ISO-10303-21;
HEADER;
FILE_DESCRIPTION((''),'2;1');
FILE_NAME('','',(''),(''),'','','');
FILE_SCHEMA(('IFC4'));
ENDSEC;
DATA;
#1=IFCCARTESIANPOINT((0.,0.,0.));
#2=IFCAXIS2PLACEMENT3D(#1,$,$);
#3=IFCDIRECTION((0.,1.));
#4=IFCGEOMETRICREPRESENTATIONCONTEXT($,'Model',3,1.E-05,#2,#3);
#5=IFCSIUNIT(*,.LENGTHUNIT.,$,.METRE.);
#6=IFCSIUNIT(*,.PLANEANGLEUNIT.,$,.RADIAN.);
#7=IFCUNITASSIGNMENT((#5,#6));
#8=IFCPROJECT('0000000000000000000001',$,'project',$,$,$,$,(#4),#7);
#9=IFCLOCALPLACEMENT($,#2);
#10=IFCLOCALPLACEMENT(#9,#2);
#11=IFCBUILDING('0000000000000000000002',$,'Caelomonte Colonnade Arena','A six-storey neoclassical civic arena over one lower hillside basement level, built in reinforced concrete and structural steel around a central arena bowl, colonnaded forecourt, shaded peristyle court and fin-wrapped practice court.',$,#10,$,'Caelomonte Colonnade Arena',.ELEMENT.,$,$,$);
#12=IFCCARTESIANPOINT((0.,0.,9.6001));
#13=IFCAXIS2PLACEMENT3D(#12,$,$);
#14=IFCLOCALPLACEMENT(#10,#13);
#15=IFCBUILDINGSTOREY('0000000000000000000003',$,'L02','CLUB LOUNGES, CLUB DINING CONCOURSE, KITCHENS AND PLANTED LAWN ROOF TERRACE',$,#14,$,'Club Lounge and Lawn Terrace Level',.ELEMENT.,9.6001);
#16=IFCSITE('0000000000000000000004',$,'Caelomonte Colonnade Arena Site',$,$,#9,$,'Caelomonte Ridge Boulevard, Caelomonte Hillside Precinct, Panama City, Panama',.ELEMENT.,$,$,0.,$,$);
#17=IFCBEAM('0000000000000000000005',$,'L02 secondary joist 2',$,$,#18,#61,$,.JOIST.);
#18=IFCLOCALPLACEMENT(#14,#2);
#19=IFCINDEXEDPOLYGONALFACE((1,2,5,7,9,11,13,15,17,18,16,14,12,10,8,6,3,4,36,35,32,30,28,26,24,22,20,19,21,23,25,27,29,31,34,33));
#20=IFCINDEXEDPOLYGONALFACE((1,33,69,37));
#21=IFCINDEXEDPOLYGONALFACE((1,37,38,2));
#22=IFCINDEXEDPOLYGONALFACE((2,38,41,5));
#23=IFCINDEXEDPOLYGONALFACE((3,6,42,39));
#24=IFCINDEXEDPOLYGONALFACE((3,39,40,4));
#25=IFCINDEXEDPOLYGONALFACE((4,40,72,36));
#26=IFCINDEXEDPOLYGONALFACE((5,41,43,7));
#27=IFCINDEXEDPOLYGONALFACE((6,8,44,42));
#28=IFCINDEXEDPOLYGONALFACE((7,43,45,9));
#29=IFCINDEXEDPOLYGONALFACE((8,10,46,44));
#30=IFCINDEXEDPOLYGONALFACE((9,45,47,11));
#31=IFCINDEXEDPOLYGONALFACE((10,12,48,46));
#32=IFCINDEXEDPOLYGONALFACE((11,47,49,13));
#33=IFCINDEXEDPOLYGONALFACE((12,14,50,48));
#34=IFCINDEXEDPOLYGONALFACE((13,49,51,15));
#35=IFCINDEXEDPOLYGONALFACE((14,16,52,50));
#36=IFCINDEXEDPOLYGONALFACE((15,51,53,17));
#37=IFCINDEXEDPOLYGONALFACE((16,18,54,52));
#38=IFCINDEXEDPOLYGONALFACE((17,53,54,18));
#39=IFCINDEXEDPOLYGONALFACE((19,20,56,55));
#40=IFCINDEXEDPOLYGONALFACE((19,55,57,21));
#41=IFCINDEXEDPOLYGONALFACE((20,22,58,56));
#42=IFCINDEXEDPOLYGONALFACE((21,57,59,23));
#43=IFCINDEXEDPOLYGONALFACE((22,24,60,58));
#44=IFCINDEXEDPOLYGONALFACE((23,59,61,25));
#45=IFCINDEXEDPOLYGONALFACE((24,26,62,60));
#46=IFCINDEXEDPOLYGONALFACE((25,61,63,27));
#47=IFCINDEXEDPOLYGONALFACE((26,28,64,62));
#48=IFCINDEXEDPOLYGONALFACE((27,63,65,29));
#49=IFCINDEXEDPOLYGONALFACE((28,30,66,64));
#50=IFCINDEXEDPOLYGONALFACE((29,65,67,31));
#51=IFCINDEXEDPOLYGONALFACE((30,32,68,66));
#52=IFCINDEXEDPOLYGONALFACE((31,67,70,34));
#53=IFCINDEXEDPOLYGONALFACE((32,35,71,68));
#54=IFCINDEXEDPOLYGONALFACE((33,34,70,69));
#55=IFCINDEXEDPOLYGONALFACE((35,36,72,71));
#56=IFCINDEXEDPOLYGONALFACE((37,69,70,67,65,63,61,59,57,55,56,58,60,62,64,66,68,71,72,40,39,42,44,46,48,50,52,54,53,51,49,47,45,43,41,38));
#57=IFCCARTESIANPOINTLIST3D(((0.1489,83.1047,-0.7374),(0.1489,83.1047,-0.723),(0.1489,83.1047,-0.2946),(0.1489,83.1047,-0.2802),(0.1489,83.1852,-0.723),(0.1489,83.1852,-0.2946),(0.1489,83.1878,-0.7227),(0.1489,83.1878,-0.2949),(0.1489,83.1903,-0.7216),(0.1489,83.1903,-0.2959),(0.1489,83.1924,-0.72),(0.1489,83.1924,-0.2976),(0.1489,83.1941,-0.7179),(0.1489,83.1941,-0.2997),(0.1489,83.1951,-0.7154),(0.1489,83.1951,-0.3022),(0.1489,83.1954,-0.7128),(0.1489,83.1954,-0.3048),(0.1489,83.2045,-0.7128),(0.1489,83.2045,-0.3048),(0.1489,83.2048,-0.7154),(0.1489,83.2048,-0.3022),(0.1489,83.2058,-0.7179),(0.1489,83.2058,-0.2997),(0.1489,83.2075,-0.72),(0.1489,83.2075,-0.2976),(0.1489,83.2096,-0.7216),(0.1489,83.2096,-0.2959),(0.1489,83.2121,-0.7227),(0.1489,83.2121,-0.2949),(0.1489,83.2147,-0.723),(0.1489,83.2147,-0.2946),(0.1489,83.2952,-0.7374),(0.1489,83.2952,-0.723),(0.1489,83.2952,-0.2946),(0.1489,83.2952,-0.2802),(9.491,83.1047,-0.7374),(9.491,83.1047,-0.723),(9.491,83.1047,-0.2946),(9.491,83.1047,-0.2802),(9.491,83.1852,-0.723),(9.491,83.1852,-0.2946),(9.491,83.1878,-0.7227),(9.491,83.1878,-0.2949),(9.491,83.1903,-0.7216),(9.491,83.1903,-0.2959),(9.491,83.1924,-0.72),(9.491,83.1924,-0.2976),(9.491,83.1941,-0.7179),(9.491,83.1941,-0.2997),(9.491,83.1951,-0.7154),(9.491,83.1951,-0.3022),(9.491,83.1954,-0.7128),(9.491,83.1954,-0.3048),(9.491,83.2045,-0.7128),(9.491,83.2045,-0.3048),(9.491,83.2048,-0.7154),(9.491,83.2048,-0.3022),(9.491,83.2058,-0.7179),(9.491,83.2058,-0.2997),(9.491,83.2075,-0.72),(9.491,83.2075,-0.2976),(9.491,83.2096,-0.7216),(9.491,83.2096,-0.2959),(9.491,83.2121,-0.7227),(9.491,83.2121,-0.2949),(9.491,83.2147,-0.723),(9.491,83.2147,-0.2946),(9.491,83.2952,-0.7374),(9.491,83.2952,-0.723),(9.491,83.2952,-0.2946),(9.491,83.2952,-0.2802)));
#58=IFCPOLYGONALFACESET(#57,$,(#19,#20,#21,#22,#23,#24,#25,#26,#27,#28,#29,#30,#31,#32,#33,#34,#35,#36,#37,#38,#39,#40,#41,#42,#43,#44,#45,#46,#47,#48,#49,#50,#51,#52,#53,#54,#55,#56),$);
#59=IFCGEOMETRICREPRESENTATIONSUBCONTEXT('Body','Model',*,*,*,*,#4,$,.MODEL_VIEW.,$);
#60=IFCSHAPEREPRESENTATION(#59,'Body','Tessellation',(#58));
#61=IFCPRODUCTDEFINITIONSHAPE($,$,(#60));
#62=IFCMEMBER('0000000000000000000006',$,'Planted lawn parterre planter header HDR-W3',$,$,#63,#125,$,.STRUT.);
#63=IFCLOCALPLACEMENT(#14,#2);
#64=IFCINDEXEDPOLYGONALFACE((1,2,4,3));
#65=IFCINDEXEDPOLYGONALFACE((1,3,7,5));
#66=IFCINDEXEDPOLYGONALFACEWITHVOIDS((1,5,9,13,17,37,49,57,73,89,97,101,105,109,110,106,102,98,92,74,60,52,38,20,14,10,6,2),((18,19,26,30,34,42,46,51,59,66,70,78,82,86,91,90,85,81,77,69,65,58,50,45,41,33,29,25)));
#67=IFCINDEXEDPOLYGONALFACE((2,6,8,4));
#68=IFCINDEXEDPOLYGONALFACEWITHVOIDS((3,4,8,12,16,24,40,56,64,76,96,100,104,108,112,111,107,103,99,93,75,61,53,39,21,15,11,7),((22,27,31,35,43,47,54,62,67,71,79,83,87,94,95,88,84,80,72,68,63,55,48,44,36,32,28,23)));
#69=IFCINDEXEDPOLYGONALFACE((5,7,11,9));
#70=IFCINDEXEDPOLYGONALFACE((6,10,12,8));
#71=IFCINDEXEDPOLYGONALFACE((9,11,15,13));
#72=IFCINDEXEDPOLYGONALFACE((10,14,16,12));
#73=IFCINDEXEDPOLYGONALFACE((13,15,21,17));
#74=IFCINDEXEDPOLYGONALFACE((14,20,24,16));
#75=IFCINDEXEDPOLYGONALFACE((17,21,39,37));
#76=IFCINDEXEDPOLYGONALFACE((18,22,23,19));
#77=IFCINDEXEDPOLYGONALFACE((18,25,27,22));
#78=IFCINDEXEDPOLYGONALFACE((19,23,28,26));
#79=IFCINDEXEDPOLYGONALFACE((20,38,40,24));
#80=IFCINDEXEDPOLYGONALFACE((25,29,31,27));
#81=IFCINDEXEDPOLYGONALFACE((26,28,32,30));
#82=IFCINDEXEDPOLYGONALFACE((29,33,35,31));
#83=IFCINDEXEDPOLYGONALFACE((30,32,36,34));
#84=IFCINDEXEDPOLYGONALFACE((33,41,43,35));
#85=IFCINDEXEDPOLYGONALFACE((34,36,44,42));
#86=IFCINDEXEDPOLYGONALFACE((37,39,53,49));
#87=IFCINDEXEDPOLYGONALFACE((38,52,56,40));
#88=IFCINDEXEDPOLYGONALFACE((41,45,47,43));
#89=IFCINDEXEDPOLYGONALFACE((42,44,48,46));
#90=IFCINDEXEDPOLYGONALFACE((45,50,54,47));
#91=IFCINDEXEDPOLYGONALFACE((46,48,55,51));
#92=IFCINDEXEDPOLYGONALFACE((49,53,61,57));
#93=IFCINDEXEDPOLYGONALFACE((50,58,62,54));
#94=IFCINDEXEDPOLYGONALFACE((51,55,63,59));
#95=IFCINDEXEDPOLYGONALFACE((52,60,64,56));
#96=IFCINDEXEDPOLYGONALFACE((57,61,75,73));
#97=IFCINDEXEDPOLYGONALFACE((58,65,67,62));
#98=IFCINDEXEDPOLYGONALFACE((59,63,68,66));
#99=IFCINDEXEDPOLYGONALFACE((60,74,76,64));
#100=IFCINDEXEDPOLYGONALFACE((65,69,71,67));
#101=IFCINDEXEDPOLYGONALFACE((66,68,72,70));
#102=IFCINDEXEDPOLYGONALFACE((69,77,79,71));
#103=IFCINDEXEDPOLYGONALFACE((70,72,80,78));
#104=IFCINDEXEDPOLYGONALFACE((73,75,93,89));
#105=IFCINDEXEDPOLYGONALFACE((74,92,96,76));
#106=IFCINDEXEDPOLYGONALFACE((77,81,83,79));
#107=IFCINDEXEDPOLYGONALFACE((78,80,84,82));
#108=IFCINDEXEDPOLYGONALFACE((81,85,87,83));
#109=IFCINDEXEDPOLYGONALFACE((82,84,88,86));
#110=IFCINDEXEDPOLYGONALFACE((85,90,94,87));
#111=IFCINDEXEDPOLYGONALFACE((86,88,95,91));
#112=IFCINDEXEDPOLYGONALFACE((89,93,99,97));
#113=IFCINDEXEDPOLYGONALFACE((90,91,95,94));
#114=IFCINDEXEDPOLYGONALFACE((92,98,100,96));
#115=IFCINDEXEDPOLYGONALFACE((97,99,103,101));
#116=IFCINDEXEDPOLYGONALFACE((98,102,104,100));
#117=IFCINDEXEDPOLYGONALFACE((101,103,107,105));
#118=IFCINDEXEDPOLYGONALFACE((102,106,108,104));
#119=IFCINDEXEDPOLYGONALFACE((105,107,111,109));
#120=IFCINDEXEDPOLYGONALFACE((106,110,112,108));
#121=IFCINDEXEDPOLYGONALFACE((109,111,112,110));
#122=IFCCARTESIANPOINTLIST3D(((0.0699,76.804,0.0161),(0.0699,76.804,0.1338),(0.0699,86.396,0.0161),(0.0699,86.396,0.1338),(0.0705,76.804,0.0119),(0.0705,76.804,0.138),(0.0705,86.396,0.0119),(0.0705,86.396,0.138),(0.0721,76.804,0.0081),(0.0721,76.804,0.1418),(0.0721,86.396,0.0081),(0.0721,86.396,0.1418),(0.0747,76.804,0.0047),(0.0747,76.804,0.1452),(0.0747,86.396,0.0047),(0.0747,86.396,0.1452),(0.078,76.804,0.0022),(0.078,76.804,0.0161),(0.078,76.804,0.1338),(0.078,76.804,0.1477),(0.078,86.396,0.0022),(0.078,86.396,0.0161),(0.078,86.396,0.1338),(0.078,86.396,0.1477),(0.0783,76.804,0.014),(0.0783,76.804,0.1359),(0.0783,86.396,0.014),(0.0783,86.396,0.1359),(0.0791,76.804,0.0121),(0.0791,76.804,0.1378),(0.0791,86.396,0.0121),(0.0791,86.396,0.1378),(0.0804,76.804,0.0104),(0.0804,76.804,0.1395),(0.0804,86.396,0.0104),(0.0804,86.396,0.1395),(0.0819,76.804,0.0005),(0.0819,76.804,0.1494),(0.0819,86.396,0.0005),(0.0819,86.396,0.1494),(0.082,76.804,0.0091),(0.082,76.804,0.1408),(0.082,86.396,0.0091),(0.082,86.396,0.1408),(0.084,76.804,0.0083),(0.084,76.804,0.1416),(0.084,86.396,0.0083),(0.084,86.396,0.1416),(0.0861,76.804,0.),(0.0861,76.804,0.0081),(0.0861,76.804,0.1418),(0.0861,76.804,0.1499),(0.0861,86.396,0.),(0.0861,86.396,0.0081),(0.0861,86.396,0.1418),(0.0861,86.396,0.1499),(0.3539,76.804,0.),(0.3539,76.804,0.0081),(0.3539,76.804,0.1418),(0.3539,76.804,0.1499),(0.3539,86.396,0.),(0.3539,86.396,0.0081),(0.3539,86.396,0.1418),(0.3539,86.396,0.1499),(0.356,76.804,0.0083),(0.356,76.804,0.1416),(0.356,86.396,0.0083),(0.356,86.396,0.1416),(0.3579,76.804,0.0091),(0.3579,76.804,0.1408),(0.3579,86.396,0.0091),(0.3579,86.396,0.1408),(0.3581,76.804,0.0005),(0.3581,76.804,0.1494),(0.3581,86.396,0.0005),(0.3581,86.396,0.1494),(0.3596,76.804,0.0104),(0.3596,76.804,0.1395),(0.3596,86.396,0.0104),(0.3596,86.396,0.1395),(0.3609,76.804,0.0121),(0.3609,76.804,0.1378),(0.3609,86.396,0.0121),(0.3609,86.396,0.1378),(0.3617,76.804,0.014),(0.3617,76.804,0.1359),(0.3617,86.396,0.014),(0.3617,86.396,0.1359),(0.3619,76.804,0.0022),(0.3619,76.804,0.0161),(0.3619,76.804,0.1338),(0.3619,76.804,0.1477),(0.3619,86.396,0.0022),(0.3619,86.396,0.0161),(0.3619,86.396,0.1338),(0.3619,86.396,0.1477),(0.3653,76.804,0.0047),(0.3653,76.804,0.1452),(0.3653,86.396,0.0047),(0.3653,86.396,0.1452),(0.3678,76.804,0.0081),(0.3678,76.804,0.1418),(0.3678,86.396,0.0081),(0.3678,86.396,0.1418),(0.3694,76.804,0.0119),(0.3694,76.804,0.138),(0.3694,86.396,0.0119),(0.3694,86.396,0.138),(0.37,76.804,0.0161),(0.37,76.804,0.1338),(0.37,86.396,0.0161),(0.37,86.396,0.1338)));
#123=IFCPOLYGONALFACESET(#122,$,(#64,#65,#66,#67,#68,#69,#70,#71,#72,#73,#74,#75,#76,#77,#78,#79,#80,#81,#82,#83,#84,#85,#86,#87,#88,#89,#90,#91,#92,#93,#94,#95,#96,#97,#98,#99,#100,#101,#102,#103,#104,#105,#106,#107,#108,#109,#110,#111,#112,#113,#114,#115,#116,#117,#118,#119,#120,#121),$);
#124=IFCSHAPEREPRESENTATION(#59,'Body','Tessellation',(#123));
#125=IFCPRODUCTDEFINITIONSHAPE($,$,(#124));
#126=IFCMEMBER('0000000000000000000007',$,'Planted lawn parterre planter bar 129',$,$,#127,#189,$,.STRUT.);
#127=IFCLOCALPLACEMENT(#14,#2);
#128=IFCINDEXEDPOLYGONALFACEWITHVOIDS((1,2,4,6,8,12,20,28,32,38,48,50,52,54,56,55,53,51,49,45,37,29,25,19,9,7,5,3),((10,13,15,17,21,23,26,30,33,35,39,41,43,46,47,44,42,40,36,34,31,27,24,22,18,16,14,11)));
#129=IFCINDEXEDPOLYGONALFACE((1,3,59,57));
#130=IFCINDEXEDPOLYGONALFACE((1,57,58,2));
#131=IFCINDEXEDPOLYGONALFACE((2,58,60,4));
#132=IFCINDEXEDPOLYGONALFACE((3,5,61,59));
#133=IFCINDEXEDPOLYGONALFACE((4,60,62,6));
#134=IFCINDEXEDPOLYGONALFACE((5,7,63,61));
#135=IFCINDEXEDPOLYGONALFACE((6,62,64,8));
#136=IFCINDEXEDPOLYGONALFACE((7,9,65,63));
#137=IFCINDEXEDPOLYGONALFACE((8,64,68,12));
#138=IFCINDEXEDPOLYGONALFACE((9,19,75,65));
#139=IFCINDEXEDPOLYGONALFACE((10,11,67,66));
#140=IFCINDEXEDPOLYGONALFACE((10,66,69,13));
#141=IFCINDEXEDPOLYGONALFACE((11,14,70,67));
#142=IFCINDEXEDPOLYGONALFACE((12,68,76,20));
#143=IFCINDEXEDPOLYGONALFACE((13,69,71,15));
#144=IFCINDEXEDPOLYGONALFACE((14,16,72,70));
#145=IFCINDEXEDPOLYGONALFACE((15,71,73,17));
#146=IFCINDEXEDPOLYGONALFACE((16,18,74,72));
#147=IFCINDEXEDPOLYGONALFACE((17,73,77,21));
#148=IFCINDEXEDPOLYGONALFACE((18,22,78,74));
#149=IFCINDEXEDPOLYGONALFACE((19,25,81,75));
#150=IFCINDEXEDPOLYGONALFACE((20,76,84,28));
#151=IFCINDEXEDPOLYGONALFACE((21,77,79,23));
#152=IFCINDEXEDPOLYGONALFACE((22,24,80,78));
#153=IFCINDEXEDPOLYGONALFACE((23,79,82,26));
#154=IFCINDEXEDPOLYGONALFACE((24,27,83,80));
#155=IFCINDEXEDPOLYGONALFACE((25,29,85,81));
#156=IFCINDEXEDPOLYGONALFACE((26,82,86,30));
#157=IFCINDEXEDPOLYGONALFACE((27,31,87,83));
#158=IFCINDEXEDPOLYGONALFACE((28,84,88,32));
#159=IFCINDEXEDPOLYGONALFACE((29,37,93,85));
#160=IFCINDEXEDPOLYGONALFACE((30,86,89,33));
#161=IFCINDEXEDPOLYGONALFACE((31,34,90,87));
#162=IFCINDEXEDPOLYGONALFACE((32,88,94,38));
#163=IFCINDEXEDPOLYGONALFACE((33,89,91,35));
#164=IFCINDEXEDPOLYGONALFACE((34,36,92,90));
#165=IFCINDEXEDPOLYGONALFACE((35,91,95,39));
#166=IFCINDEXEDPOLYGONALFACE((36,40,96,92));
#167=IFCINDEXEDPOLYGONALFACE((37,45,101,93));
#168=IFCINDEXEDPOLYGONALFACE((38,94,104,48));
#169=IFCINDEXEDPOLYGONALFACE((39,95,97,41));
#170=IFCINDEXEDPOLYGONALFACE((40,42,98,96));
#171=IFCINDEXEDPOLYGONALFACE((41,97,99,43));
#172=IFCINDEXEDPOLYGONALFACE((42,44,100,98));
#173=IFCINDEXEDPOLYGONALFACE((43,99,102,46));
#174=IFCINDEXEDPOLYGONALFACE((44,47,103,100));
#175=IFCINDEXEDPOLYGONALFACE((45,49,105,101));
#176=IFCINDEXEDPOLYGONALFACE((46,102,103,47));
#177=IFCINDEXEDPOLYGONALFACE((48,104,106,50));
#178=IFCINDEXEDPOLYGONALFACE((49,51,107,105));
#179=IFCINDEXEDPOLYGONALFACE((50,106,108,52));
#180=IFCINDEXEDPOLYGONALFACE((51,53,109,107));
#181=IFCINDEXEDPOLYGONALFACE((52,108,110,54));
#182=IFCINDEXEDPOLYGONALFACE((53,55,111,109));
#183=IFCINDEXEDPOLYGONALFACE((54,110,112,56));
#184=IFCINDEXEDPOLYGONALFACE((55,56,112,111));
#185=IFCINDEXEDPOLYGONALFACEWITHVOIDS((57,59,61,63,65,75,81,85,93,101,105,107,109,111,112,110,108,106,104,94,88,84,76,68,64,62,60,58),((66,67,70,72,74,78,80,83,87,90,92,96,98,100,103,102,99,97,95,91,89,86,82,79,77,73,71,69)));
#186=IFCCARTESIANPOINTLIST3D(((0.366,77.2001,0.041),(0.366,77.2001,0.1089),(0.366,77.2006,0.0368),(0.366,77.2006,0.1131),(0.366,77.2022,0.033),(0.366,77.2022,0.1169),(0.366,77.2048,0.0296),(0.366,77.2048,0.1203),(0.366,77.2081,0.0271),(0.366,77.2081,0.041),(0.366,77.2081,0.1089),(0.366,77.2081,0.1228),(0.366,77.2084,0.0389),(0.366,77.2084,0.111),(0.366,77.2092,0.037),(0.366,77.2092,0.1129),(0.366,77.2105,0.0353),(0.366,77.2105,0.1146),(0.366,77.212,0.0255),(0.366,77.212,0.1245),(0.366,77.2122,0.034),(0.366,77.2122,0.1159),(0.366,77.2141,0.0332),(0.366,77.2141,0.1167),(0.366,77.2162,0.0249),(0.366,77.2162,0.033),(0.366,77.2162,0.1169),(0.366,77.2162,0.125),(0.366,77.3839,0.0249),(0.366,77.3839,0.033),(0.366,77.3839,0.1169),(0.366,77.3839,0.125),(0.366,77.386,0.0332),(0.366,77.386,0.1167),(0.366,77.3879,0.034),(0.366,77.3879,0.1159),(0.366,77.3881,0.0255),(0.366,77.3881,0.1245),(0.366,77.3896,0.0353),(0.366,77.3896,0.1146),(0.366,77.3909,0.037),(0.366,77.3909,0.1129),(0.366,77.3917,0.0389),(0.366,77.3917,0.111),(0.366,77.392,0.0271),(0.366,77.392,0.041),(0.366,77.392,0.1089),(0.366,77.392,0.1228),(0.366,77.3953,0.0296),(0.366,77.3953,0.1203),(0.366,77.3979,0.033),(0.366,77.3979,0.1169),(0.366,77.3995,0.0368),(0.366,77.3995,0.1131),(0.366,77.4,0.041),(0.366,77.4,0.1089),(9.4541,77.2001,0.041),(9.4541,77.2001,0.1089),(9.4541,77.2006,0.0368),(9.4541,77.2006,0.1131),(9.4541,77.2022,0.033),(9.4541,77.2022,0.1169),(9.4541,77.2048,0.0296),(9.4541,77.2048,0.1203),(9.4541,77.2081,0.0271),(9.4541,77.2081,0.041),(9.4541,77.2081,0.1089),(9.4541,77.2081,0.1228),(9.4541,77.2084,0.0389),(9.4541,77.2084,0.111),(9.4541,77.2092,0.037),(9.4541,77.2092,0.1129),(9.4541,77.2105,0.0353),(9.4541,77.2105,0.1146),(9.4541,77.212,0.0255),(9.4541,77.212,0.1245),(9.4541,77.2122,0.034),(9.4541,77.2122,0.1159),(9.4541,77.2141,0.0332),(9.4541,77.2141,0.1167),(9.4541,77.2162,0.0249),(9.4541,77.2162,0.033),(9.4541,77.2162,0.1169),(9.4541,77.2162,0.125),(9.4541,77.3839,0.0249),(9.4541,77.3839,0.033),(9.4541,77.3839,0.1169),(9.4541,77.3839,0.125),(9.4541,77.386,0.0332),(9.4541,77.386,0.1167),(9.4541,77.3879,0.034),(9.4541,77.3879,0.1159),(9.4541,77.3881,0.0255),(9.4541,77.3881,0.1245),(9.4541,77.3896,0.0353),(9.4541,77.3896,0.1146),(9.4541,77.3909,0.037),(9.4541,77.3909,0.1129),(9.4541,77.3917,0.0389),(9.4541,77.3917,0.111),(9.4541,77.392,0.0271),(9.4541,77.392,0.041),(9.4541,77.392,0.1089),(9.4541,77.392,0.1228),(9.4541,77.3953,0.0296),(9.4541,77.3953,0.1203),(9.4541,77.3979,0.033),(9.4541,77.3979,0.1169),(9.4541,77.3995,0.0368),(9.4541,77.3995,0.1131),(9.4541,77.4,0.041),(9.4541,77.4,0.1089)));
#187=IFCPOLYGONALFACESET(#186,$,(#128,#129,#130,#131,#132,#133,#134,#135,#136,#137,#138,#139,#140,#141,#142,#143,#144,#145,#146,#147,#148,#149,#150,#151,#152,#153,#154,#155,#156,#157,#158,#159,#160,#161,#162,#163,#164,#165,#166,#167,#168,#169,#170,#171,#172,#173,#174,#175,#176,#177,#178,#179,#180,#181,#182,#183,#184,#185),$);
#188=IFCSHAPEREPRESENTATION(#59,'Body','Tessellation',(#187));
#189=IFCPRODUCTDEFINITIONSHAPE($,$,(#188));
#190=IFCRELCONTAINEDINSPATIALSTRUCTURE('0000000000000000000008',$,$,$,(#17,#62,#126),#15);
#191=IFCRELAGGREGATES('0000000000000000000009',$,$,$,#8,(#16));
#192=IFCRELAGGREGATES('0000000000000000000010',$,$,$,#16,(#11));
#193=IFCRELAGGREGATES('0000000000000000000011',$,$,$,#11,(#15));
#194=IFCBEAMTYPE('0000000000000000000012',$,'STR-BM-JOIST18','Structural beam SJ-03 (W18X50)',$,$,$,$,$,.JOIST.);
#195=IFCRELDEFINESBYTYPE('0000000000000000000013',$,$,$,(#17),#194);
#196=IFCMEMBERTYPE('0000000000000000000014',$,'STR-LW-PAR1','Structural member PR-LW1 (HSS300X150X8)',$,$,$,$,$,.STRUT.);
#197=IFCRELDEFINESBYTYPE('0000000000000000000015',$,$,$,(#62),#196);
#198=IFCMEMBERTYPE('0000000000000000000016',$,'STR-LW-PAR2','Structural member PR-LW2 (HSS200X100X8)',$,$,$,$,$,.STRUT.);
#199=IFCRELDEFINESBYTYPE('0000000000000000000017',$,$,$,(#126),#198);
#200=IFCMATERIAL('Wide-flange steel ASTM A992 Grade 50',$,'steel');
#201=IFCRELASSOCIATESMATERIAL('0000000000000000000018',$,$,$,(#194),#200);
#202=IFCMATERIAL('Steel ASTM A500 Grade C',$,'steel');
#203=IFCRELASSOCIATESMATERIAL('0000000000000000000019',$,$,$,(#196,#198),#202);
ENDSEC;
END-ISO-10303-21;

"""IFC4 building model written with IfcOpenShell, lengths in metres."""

from ifc_helpers import new_model, si_unit, direction, frame, origin, origin_2d, place, context, subcontext, project, spatial, hollow_rectangle, i_section, extrude, material, material_profile, profile_set, type_object, element, save


model = new_model("IFC4")

# Units and contexts
model_context = context("Model", 3, precision=1e-05, world=origin(), true_north=direction((0.0, 1.0)))
body_context = subcontext(model_context, "Body", "Model", "MODEL_VIEW")
ifc_project = project(units=[si_unit("LENGTHUNIT", "METRE"), si_unit("PLANEANGLEUNIT", "RADIAN")], contexts=[model_context])

# Site, building, storey
site_placement = place(None, origin())
site = spatial("IfcSite", under=ifc_project, at=site_placement, Name="Caelomonte Colonnade Arena Site", LongName="Caelomonte Ridge Boulevard, Caelomonte Hillside Precinct, Panama City, Panama", CompositionType="ELEMENT", RefElevation=0.0)
building_placement = place(site_placement, origin())
building = spatial("IfcBuilding", under=site, at=building_placement, Name="Caelomonte Colonnade Arena", Description="A six-storey neoclassical civic arena over one lower hillside basement level, built in reinforced concrete and structural steel around a central arena bowl, colonnaded forecourt, shaded peristyle court and fin-wrapped practice court.", LongName="Caelomonte Colonnade Arena", CompositionType="ELEMENT")
storey_placement = place(building_placement, frame((0.0, 0.0, 9.6001)))
storey = spatial("IfcBuildingStorey", under=building, at=storey_placement, Name="L02", Description="CLUB LOUNGES, CLUB DINING CONCOURSE, KITCHENS AND PLANTED LAWN ROOF TERRACE", LongName="Club Lounge and Lawn Terrace Level", CompositionType="ELEMENT", Elevation=9.6001)

# Beam
ifc_material_1 = material(Name="Wide-flange steel ASTM A992 Grade 50", Category="steel")
ifc_material_profile_1 = material_profile(ifc_material_1, i_section(OverallWidth=0.1904, OverallDepth=0.4573, WebThickness=0.009, FlangeThickness=0.0144, FilletRadius=0.0103, at=origin_2d()), Name="W18X50")
ifc_profile_set_1 = profile_set([ifc_material_profile_1], Name="Wide-flange steel ASTM A992 Grade 50")
beam_type_1 = type_object("IfcBeamType", Name="STR-BM-JOIST18", Description="Structural beam SJ-03 (W18X50)", PredefinedType="JOIST", material=ifc_profile_set_1)
for number, where, z_axis, x_axis, name in (
    (1, (0.1489, 83.2, -0.5088), (1.0, 0.0, 0.0), (0.0, 1.0, 0.0), "L02 secondary joist 2"),
):
    element("IfcBeam", number, at=place(storey_placement, frame(where, z_axis=z_axis, x_axis=x_axis)), inside=storey, type_object=beam_type_1, Name=name, PredefinedType="JOIST", context=body_context, shape_type="SweptSolid", body=[
        extrude(i_section(OverallWidth=0.1904, OverallDepth=0.4573, WebThickness=0.009, FlangeThickness=0.0144, FilletRadius=0.0103, at=origin_2d()), origin(), (0.0, 0.0, 1.0), 9.342),
    ])

# Members
ifc_material_2 = material(Name="Steel ASTM A500 Grade C", Category="steel")
ifc_material_profile_2 = material_profile(ifc_material_2, hollow_rectangle(XDim=0.3, YDim=0.1499, WallThickness=0.0081, InnerFilletRadius=0.0081, OuterFilletRadius=0.0161, at=origin_2d()), Name="HSS300X150X8")
ifc_profile_set_2 = profile_set([ifc_material_profile_2], Name="Steel ASTM A500 Grade C")
member_type_1 = type_object("IfcMemberType", Name="STR-LW-PAR1", Description="Structural member PR-LW1 (HSS300X150X8)", PredefinedType="STRUT", material=ifc_profile_set_2)
member_placement = place(storey_placement, frame((0.22, 76.804, 0.075), z_axis=(0.0, 1.0, 0.0), x_axis=(-1.0, 0.0, 0.0)))
element("IfcMember", 2, at=member_placement, inside=storey, type_object=member_type_1, Name="Planted lawn parterre planter header HDR-W3", PredefinedType="STRUT", context=body_context, shape_type="SweptSolid", body=[
    extrude(hollow_rectangle(XDim=0.3, YDim=0.1499, WallThickness=0.0081, InnerFilletRadius=0.0081, OuterFilletRadius=0.0161, at=origin_2d()), origin(), (0.0, 0.0, 1.0), 9.592),
])
ifc_material_profile_3 = material_profile(ifc_material_2, hollow_rectangle(XDim=0.2, YDim=0.1001, WallThickness=0.0081, InnerFilletRadius=0.0081, OuterFilletRadius=0.0161, at=origin_2d()), Name="HSS200X100X8")
ifc_profile_set_3 = profile_set([ifc_material_profile_3], Name="Steel ASTM A500 Grade C")
member_type_2 = type_object("IfcMemberType", Name="STR-LW-PAR2", Description="Structural member PR-LW2 (HSS200X100X8)", PredefinedType="STRUT", material=ifc_profile_set_3)
for number, where, z_axis, x_axis, name in (
    (3, (0.366, 77.3, 0.075), (1.0, 0.0, 0.0), (0.0, 1.0, 0.0), "Planted lawn parterre planter bar 129"),
):
    element("IfcMember", number, at=place(storey_placement, frame(where, z_axis=z_axis, x_axis=x_axis)), inside=storey, type_object=member_type_2, Name=name, PredefinedType="STRUT", context=body_context, shape_type="SweptSolid", body=[
        extrude(hollow_rectangle(XDim=0.2, YDim=0.1001, WallThickness=0.0081, InnerFilletRadius=0.0081, OuterFilletRadius=0.0161, at=origin_2d()), origin(), (0.0, 0.0, 1.0), 9.0881),
    ])

save(model, "model.ifc")
